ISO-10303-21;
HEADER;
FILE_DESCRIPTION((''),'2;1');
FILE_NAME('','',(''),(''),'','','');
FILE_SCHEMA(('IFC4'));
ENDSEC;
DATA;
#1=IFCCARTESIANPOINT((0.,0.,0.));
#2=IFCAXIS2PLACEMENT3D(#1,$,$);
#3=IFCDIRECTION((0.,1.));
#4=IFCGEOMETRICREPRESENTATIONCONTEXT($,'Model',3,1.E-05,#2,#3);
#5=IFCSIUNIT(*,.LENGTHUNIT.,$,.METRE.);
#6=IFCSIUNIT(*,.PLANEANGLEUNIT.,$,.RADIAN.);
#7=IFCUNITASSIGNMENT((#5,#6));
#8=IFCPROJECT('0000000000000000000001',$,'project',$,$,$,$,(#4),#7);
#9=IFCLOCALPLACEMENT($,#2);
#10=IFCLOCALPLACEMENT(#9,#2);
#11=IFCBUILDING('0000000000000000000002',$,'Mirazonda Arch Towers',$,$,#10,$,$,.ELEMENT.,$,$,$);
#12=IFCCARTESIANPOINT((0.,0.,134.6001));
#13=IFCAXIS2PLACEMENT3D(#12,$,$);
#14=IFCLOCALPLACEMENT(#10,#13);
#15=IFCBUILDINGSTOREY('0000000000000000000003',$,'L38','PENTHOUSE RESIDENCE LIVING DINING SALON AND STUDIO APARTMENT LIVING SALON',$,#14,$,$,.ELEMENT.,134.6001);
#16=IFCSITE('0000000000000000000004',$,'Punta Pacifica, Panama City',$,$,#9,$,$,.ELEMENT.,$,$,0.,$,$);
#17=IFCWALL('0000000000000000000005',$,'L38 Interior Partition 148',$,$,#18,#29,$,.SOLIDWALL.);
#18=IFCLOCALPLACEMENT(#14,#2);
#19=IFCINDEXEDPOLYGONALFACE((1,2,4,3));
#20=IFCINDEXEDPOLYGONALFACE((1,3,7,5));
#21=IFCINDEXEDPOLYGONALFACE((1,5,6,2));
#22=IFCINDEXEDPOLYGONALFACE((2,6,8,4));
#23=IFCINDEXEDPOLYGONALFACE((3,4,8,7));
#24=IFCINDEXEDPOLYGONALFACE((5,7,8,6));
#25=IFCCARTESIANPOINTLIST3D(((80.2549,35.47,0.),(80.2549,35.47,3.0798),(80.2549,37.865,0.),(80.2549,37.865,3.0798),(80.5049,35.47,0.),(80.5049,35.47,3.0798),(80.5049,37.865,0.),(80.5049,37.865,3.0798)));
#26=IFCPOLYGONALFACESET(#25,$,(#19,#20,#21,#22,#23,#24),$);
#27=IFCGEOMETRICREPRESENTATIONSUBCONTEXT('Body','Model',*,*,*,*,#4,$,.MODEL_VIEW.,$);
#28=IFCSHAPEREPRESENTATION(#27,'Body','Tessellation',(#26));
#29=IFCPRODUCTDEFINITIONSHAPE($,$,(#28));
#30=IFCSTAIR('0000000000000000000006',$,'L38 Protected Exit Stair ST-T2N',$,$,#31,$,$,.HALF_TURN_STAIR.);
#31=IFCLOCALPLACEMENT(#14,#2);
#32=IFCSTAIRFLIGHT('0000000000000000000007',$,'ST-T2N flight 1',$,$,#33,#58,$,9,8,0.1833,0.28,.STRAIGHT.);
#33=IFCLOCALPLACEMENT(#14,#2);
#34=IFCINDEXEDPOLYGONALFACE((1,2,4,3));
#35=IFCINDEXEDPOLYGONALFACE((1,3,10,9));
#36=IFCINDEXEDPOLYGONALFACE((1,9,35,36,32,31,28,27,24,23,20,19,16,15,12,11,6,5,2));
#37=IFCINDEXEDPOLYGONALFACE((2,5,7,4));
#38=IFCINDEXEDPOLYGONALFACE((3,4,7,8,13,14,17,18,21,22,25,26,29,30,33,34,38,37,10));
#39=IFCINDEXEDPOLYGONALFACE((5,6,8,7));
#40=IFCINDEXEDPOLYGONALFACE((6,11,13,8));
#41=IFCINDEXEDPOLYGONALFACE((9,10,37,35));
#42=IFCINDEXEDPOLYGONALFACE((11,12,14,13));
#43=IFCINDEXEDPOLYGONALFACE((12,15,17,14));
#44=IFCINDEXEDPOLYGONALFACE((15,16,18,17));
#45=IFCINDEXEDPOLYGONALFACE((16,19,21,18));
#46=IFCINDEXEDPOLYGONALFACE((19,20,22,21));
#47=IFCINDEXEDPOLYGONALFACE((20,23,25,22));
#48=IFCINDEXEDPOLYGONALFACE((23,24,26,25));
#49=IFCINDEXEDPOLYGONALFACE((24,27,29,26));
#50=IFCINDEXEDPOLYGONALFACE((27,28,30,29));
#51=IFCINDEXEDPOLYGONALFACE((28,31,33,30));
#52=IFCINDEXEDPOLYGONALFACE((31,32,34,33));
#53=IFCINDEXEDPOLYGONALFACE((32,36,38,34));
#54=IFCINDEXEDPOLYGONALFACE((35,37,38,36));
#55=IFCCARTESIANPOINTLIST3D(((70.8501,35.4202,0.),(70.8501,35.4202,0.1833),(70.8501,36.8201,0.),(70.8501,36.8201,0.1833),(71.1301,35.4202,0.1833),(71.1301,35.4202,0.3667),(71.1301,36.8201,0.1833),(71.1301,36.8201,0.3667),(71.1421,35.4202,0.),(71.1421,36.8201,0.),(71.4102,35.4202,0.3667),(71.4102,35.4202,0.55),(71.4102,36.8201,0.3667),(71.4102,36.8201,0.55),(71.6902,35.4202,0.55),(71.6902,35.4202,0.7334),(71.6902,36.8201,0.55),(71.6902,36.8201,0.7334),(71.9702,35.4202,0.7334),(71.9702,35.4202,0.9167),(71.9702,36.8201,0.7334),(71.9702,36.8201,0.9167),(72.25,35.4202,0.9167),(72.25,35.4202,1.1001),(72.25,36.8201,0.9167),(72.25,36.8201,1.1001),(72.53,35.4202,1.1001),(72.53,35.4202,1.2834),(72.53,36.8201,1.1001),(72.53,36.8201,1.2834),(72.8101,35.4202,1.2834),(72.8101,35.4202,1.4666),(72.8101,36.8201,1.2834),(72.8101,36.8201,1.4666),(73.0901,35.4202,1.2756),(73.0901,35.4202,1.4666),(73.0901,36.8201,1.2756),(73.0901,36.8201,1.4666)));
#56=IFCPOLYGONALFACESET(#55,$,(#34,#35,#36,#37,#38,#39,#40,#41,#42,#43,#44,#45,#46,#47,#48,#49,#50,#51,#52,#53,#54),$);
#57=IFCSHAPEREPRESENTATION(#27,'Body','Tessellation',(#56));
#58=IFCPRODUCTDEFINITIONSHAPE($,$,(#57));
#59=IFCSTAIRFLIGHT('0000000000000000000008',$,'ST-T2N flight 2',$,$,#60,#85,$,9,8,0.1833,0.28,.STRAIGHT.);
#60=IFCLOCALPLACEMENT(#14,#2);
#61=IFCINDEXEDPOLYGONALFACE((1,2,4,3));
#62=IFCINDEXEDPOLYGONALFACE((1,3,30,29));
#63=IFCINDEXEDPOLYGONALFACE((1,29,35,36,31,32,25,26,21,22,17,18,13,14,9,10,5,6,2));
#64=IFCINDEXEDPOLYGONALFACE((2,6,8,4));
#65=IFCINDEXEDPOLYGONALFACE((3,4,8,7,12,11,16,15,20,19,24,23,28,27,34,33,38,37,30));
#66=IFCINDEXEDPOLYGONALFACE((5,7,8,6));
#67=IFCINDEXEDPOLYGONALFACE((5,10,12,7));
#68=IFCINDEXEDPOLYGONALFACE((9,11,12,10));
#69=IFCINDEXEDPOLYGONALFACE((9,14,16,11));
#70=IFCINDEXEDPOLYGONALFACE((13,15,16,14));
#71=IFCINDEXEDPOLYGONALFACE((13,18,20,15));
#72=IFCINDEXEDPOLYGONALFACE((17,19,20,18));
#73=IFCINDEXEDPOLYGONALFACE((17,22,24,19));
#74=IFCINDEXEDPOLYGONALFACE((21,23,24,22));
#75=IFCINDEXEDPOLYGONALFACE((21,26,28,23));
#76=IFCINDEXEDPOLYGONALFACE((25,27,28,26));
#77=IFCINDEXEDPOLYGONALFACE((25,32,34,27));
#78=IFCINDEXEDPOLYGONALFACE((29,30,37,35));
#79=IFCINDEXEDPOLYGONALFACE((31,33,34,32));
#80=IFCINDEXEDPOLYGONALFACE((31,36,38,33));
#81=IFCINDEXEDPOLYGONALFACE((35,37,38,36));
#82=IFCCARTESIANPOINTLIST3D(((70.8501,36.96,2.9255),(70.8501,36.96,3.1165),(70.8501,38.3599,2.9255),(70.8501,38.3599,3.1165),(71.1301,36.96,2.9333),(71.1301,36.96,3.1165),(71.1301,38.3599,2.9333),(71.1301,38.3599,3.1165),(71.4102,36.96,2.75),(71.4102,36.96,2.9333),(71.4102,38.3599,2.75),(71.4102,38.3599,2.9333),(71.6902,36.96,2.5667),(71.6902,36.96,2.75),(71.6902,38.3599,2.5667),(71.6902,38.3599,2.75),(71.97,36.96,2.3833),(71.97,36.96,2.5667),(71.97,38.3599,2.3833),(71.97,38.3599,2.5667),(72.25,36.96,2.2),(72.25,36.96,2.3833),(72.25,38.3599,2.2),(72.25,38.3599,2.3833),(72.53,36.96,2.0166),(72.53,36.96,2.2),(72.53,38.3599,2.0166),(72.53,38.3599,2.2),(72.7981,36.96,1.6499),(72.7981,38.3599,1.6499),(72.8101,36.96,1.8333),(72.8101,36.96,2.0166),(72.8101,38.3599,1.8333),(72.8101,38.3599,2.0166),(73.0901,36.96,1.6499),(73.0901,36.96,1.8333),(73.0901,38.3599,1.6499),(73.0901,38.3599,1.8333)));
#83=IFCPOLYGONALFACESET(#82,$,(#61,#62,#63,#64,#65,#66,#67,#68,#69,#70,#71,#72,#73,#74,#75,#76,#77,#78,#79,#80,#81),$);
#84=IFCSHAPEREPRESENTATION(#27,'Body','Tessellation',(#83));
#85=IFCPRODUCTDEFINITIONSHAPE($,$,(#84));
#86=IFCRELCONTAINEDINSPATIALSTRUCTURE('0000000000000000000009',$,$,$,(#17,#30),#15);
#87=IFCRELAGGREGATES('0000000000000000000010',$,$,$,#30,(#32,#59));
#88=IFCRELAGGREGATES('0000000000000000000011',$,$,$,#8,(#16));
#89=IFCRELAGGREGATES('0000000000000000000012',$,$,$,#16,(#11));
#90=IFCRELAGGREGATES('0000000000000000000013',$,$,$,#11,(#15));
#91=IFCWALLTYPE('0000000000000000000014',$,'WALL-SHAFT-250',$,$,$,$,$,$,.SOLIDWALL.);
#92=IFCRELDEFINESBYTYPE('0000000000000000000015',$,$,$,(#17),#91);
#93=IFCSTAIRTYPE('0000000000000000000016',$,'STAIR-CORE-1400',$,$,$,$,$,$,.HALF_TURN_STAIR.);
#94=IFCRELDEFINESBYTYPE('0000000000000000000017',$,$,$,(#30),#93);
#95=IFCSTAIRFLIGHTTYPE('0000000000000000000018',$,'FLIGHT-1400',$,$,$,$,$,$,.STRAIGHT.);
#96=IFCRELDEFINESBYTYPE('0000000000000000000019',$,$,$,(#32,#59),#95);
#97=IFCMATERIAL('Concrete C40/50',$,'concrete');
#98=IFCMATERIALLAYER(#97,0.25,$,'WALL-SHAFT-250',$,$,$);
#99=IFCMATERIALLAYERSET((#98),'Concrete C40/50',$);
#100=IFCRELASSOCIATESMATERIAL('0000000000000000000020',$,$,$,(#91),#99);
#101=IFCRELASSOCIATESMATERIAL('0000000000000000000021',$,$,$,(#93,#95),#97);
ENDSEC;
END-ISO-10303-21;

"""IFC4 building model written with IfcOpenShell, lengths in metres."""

from ifc_helpers import new_model, si_unit, direction, frame, frame_2d, origin, place, context, subcontext, project, spatial, polyline, rectangle, outline, extrude, material, layer, layer_set, type_object, element, aggregate, save


model = new_model("IFC4")

# Units and contexts
model_context = context("Model", 3, precision=1e-05, world=origin(), true_north=direction((0.0, 1.0)))
body_context = subcontext(model_context, "Body", "Model", "MODEL_VIEW")
ifc_project = project(units=[si_unit("LENGTHUNIT", "METRE"), si_unit("PLANEANGLEUNIT", "RADIAN")], contexts=[model_context])

# Site, building, storey
site_placement = place(None, origin())
site = spatial("IfcSite", under=ifc_project, at=site_placement, Name="Punta Pacifica, Panama City", CompositionType="ELEMENT", RefElevation=0.0)
building_placement = place(site_placement, origin())
building = spatial("IfcBuilding", under=site, at=building_placement, Name="Mirazonda Arch Towers", CompositionType="ELEMENT")
storey_placement = place(building_placement, frame((0.0, 0.0, 134.6001)))
storey = spatial("IfcBuildingStorey", under=building, at=storey_placement, Name="L38", Description="PENTHOUSE RESIDENCE LIVING DINING SALON AND STUDIO APARTMENT LIVING SALON", CompositionType="ELEMENT", Elevation=134.6001)

# Shared definitions
ifc_material_1 = material(Name="Concrete C40/50", Category="concrete")

# Wall
ifc_layer_1 = layer(ifc_material_1, 0.25, Name="WALL-SHAFT-250")
ifc_layer_set_1 = layer_set([ifc_layer_1], Name="Concrete C40/50")
wall_type_1 = type_object("IfcWallType", Name="WALL-SHAFT-250", PredefinedType="SOLIDWALL", material=ifc_layer_set_1)
wall_1_placement = place(storey_placement, frame((80.3799, 35.47, 0.0), z_axis=(0.0, 0.0, 1.0), x_axis=(0.0, 1.0, 0.0)))
element("IfcWall", 1, at=wall_1_placement, inside=storey, type_object=wall_type_1, Name="L38 Interior Partition 148", PredefinedType="SOLIDWALL", context=body_context, shape_type="SweptSolid", body=[
    extrude(rectangle(XDim=2.395, YDim=0.25, at=frame_2d((1.1975, 0.0))), origin(), (0.0, 0.0, 1.0), 3.0798),
])

# Stair, stair flights
stair_type = type_object("IfcStairType", Name="STAIR-CORE-1400", PredefinedType="HALF_TURN_STAIR", material=ifc_material_1)
stair_placement = place(storey_placement, origin())
stair = element("IfcStair", 2, at=stair_placement, inside=storey, type_object=stair_type, Name="L38 Protected Exit Stair ST-T2N", PredefinedType="HALF_TURN_STAIR")
stair_flight_type = type_object("IfcStairFlightType", Name="FLIGHT-1400", PredefinedType="STRAIGHT", material=ifc_material_1)
stair_flight_1_placement = place(storey_placement, frame((70.8501, 36.1201, 0.0), z_axis=(0.0, 0.0, 1.0), x_axis=(1.0, 0.0, 0.0)))
stair_flight_1 = element("IfcStairFlight", 3, at=stair_flight_1_placement, type_object=stair_flight_type, Name="ST-T2N flight 1", NumberOfRisers=9, NumberOfTreads=8, PredefinedType="STRAIGHT", RiserHeight=0.1833, TreadLength=0.28, context=body_context, shape_type="SweptSolid", body=[
    extrude(outline(polyline([(0.0, 0.0), (0.0, 0.1833), (0.28, 0.1833), (0.28, 0.3667), (0.5601, 0.3667), (0.5601, 0.55), (0.8401, 0.55), (0.8401, 0.7334), (1.1201, 0.7334), (1.1201, 0.9167), (1.3999, 0.9167), (1.3999, 1.1001), (1.6799, 1.1001), (1.6799, 1.2834), (1.96, 1.2834), (1.96, 1.4666), (2.24, 1.4666), (2.24, 1.6499), (2.24, 1.2756), (0.292, 0.0), (0.0, 0.0)])), frame((0.0, 0.7, 0.0), z_axis=(0.0, -1.0, 0.0), x_axis=(1.0, 0.0, 0.0)), (0.0, 0.0, 1.0), 1.3999),
])
stair_flight_2_placement = place(storey_placement, frame((73.0901, 37.6599, 1.6499), z_axis=(0.0, 0.0, 1.0), x_axis=(-1.0, 0.0, 0.0)))
stair_flight_2 = element("IfcStairFlight", 4, at=stair_flight_2_placement, type_object=stair_flight_type, Name="ST-T2N flight 2", NumberOfRisers=9, NumberOfTreads=8, PredefinedType="STRAIGHT", RiserHeight=0.1833, TreadLength=0.28, context=body_context, shape_type="SweptSolid", body=[
    extrude(outline(polyline([(0.0, 0.0), (0.0, 0.1833), (0.28, 0.1833), (0.28, 0.3667), (0.5601, 0.3667), (0.5601, 0.55), (0.8401, 0.55), (0.8401, 0.7334), (1.1201, 0.7334), (1.1201, 0.9167), (1.3999, 0.9167), (1.3999, 1.1001), (1.6799, 1.1001), (1.6799, 1.2834), (1.96, 1.2834), (1.96, 1.4666), (2.24, 1.4666), (2.24, 1.6499), (2.24, 1.2756), (0.292, 0.0), (0.0, 0.0)])), frame((0.0, 0.7, 0.0), z_axis=(0.0, -1.0, 0.0), x_axis=(1.0, 0.0, 0.0)), (0.0, 0.0, 1.0), 1.3999),
])
aggregate(stair, [stair_flight_1, stair_flight_2])

save(model, "model.ifc")
